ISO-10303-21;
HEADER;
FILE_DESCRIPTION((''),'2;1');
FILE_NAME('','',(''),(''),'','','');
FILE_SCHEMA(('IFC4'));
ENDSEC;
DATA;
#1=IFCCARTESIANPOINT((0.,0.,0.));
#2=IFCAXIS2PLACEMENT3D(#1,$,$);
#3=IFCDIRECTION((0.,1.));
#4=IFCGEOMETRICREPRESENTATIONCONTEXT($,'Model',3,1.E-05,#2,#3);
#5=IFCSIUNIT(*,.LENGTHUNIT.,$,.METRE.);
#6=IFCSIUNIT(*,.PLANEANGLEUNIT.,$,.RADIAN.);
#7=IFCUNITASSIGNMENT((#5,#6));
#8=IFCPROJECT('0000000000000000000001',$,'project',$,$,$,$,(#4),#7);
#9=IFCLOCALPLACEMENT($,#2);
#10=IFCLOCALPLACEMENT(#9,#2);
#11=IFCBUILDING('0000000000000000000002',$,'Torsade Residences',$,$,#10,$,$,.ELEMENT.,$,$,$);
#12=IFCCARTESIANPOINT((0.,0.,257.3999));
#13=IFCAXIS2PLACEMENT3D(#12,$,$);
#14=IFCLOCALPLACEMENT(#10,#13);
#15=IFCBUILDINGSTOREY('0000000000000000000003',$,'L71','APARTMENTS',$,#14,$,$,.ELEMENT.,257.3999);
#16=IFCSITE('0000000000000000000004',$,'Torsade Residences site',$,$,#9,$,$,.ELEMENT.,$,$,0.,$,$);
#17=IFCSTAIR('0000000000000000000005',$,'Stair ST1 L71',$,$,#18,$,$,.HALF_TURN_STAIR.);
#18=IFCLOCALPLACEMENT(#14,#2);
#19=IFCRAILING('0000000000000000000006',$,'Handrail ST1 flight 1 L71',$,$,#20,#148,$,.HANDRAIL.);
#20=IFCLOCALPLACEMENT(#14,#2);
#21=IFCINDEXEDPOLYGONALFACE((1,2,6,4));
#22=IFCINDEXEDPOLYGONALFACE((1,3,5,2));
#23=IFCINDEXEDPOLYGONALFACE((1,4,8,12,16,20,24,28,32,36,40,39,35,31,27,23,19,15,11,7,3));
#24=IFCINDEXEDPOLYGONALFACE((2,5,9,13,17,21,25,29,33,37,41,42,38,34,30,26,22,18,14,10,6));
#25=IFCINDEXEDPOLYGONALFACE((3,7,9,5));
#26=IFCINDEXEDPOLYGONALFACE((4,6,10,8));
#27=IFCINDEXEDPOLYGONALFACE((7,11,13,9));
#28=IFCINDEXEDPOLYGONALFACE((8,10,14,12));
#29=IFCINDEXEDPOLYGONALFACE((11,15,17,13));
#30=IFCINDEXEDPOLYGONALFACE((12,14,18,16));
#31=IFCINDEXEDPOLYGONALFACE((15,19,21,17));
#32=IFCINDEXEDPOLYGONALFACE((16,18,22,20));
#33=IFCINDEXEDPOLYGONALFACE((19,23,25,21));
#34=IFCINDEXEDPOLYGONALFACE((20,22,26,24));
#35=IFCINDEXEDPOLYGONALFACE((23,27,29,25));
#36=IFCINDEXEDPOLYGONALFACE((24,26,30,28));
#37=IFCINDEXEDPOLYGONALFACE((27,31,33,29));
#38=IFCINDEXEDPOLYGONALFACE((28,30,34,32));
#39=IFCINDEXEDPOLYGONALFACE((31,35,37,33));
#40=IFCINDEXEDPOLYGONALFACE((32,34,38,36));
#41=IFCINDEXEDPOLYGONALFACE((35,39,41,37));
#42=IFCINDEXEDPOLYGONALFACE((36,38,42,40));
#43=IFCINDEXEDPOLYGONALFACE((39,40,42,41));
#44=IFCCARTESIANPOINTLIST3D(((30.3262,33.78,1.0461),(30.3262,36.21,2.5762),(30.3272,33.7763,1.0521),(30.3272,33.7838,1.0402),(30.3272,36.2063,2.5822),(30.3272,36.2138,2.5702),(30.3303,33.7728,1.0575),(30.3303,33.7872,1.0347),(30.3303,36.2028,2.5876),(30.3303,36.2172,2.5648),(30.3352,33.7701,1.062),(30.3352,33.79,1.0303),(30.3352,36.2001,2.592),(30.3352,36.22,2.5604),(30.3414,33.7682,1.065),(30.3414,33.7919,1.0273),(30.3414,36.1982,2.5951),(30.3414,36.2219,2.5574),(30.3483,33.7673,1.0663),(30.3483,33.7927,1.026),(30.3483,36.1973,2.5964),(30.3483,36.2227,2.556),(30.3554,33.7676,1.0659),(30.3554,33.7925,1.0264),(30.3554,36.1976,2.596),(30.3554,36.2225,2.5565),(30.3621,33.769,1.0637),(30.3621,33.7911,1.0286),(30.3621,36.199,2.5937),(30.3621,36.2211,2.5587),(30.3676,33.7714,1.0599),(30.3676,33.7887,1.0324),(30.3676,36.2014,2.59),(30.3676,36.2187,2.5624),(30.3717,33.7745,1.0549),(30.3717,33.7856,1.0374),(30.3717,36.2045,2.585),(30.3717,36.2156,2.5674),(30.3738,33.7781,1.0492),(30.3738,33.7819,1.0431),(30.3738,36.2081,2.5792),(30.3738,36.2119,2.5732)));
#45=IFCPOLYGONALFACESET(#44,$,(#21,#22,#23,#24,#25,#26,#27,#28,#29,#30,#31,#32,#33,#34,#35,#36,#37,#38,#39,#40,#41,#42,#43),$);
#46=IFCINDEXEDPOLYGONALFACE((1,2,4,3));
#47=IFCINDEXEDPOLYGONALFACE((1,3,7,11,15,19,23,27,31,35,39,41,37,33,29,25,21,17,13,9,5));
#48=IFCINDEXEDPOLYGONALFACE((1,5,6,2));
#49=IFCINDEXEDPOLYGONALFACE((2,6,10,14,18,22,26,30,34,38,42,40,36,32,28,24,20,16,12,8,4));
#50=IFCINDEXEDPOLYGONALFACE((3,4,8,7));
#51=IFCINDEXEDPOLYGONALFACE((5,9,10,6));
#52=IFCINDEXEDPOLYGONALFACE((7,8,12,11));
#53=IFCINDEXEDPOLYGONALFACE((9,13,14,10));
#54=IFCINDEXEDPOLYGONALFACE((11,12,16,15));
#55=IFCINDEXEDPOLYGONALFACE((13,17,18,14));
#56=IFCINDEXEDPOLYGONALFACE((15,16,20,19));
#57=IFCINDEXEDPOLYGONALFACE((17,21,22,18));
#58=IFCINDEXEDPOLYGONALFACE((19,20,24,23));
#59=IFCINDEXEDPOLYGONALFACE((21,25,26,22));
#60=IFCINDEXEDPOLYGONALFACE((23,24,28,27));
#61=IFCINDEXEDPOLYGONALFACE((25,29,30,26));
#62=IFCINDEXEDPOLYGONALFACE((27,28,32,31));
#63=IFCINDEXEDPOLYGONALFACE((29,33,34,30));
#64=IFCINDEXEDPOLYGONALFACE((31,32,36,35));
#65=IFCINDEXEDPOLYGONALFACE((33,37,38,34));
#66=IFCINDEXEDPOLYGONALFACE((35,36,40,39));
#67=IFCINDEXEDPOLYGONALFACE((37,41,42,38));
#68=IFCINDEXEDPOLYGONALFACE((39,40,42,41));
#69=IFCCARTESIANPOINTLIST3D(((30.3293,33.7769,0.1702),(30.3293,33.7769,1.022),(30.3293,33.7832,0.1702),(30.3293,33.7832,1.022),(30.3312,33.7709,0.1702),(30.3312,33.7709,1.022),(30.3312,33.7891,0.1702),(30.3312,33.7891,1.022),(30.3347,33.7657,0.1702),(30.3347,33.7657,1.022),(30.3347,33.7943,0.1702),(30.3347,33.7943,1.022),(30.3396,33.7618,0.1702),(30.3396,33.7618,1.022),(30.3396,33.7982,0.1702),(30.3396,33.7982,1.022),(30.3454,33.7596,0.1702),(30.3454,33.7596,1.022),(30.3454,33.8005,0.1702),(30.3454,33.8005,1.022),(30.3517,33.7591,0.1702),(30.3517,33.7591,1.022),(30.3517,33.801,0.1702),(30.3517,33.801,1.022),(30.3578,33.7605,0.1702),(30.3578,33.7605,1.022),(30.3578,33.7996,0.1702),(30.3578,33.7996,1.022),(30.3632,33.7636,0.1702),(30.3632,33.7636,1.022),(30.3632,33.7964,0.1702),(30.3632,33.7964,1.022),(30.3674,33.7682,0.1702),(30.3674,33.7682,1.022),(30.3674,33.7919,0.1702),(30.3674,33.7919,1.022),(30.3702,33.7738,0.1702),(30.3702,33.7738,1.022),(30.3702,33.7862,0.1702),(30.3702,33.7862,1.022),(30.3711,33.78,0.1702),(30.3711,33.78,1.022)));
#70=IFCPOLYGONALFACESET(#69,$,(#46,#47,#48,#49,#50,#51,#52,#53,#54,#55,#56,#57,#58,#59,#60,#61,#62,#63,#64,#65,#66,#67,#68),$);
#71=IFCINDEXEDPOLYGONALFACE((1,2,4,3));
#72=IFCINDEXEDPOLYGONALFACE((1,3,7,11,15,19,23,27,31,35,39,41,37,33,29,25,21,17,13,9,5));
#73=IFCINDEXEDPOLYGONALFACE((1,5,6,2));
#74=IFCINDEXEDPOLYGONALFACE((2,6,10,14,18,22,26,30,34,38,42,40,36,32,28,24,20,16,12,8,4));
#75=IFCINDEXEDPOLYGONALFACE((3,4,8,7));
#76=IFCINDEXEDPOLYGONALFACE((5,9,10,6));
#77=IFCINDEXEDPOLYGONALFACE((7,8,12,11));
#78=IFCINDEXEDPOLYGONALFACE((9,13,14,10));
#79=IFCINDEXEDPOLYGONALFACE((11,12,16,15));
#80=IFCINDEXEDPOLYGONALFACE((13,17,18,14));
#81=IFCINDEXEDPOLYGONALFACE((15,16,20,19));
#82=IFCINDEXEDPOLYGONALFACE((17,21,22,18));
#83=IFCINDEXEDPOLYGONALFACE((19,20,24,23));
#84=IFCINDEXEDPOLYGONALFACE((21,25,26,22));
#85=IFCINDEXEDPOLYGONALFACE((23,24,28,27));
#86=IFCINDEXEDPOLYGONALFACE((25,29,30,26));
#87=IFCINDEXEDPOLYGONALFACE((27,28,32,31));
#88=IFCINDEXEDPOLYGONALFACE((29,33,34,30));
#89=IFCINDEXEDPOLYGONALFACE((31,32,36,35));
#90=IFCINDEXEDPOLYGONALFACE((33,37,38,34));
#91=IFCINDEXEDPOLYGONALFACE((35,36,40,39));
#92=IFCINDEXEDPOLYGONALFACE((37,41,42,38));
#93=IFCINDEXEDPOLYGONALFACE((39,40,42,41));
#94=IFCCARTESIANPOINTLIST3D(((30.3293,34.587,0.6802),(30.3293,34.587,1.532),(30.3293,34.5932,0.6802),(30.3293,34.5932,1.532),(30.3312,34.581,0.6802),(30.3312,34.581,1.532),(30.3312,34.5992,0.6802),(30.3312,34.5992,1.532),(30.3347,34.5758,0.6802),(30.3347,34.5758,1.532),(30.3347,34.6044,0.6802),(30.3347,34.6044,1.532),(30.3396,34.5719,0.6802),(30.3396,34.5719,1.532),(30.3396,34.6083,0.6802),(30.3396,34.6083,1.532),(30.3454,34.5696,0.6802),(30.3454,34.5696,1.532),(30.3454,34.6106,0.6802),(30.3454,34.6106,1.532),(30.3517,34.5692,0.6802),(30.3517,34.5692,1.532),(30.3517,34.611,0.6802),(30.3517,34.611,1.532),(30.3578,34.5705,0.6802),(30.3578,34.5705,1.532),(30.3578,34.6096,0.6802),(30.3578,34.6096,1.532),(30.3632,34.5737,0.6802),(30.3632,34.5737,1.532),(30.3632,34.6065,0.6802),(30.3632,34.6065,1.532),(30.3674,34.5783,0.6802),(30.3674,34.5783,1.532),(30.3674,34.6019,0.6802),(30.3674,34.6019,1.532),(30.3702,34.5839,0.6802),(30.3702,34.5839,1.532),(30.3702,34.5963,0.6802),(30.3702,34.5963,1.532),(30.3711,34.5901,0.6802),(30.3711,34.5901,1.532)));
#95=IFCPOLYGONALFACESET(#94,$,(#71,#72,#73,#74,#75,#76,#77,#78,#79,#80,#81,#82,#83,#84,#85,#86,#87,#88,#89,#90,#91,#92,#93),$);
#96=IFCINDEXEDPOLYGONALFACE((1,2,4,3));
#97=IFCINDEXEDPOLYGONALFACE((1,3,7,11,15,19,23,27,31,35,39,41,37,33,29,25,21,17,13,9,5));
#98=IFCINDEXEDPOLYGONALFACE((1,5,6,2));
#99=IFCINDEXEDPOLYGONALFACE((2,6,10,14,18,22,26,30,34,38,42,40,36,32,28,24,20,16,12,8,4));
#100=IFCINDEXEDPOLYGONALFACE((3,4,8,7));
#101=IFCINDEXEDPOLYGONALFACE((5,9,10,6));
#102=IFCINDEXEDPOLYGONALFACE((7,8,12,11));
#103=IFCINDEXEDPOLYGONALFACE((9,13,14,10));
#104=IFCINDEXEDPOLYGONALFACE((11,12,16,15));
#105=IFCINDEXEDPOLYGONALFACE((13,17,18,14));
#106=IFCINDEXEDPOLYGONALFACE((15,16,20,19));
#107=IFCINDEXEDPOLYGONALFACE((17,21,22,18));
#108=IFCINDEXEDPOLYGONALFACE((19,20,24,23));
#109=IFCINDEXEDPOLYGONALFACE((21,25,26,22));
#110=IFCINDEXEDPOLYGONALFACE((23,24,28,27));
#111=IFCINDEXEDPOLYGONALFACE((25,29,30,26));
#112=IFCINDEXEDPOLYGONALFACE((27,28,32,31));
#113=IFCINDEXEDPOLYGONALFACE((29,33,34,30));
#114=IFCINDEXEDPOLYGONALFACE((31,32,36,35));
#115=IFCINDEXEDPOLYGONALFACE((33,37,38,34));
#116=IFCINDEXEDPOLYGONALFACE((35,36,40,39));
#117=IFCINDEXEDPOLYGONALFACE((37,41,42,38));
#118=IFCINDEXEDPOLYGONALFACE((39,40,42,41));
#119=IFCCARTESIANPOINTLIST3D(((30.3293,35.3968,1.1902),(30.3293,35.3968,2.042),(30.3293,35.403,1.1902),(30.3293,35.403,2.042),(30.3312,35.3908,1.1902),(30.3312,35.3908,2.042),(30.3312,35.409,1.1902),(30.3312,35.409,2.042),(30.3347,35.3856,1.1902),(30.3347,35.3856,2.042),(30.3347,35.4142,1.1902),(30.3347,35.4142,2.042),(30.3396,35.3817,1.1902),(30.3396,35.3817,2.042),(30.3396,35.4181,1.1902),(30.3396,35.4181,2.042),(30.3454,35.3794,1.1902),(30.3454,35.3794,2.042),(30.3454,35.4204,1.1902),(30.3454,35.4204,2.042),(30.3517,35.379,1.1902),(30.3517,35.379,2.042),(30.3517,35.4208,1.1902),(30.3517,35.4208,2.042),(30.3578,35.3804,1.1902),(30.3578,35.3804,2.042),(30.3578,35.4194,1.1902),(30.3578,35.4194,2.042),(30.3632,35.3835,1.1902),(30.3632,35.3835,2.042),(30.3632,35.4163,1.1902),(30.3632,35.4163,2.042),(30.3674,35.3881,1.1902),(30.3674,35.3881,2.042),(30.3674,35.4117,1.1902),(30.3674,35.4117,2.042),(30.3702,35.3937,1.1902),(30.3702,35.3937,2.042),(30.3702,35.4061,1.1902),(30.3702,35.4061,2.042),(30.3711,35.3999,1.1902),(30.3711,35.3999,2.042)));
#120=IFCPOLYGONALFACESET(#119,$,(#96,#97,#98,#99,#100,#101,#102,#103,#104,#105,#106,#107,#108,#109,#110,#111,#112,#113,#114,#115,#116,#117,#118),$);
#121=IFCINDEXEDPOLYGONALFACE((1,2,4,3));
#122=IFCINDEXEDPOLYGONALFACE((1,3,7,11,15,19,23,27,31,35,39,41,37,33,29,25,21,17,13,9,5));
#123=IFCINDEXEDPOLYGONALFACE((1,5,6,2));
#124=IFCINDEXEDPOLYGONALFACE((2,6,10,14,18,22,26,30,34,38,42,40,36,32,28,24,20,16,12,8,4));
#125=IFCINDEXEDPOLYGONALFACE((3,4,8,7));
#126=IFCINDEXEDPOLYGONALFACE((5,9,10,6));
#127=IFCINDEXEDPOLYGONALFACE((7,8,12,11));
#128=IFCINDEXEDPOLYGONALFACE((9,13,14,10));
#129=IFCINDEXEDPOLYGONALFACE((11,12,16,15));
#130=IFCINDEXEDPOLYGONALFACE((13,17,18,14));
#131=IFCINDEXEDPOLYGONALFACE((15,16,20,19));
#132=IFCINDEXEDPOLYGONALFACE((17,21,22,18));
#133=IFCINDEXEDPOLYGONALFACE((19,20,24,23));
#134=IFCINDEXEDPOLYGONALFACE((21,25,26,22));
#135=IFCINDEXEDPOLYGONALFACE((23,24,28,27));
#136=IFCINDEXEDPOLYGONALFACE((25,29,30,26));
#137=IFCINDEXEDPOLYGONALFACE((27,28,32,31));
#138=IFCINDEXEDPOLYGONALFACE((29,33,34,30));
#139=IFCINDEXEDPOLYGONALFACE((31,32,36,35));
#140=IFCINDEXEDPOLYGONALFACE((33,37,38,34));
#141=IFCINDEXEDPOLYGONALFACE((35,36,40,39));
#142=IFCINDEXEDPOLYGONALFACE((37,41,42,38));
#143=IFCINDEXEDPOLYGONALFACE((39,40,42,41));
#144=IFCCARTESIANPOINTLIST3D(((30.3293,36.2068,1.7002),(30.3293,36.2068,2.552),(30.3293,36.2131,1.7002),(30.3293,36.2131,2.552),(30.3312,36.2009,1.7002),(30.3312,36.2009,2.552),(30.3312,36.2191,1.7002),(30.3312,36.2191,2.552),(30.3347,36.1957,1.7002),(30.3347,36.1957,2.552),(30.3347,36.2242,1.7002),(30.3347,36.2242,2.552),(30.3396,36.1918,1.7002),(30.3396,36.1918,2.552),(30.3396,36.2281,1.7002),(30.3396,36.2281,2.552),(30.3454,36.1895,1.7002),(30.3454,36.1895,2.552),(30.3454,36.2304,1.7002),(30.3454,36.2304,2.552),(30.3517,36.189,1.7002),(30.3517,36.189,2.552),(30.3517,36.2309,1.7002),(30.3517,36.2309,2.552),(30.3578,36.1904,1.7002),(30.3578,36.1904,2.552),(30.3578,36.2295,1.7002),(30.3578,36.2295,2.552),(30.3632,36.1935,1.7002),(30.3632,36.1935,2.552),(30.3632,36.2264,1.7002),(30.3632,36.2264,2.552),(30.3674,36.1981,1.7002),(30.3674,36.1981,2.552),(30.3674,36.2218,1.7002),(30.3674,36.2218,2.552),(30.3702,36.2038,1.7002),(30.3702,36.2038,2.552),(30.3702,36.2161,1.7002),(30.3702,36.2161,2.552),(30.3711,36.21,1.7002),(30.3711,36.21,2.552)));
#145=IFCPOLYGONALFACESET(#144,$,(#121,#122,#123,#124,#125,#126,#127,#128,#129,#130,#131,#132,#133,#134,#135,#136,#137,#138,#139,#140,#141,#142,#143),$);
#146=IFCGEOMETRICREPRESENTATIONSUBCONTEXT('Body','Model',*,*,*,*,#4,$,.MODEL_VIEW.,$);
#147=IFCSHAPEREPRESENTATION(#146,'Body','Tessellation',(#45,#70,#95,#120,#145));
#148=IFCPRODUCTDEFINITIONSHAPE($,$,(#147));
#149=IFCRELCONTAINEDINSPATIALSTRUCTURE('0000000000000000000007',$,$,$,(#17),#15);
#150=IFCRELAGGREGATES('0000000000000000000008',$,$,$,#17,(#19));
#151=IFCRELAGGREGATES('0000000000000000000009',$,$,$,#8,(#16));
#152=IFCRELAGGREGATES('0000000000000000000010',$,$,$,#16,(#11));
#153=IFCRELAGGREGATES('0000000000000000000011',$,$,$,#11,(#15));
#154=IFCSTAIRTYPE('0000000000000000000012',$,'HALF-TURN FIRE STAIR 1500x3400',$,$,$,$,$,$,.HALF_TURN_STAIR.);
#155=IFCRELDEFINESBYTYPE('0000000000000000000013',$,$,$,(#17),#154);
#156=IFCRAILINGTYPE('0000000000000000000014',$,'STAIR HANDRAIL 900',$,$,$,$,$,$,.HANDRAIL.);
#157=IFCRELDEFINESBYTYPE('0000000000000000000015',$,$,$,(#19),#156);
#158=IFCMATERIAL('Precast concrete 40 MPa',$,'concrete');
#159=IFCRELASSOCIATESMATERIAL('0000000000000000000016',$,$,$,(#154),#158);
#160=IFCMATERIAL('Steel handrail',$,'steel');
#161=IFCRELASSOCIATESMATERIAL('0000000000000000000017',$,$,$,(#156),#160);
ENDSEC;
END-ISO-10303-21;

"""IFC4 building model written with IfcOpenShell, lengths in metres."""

from ifc_helpers import new_model, si_unit, direction, frame, origin, origin_2d, place, context, subcontext, project, spatial, circle, extrude, material, type_object, element, aggregate, save


model = new_model("IFC4")

# Units and contexts
model_context = context("Model", 3, precision=1e-05, world=origin(), true_north=direction((0.0, 1.0)))
body_context = subcontext(model_context, "Body", "Model", "MODEL_VIEW")
ifc_project = project(units=[si_unit("LENGTHUNIT", "METRE"), si_unit("PLANEANGLEUNIT", "RADIAN")], contexts=[model_context])

# Site, building, storey
site_placement = place(None, origin())
site = spatial("IfcSite", under=ifc_project, at=site_placement, Name="Torsade Residences site", CompositionType="ELEMENT", RefElevation=0.0)
building_placement = place(site_placement, origin())
building = spatial("IfcBuilding", under=site, at=building_placement, Name="Torsade Residences", CompositionType="ELEMENT")
storey_placement = place(building_placement, frame((0.0, 0.0, 257.3999)))
storey = spatial("IfcBuildingStorey", under=building, at=storey_placement, Name="L71", Description="APARTMENTS", CompositionType="ELEMENT", Elevation=257.3999)

# Stair, railing
ifc_material_1 = material(Name="Precast concrete 40 MPa", Category="concrete")
stair_type = type_object("IfcStairType", Name="HALF-TURN FIRE STAIR 1500x3400", PredefinedType="HALF_TURN_STAIR", material=ifc_material_1)
stair_placement = place(storey_placement, origin())
stair = element("IfcStair", 1, at=stair_placement, inside=storey, type_object=stair_type, Name="Stair ST1 L71", PredefinedType="HALF_TURN_STAIR")
ifc_material_2 = material(Name="Steel handrail", Category="steel")
railing_type = type_object("IfcRailingType", Name="STAIR HANDRAIL 900", PredefinedType="HANDRAIL", material=ifc_material_2)
railing_1_placement = place(storey_placement, frame((30.3501, 33.78, 0.1702)))
railing_1 = element("IfcRailing", 2, at=railing_1_placement, type_object=railing_type, Name="Handrail ST1 flight 1 L71", PredefinedType="HANDRAIL", context=body_context, shape_type="SweptSolid", body=[
    extrude(circle(Radius=0.0239, at=origin_2d()), frame((0.0, 0.0, 0.876), z_axis=(0.0, 0.846221, 0.532831), x_axis=(-1.0, 0.0, 0.0)), (0.0, 0.0, 1.0), 2.8716),
    extrude(circle(Radius=0.021, at=origin_2d()), origin(), (0.0, 0.0, 1.0), 0.8518),
    extrude(circle(Radius=0.021, at=origin_2d()), frame((0.0, 0.8101, 0.51)), (0.0, 0.0, 1.0), 0.8518),
    extrude(circle(Radius=0.021, at=origin_2d()), frame((0.0, 1.6199, 1.02)), (0.0, 0.0, 1.0), 0.8518),
    extrude(circle(Radius=0.021, at=origin_2d()), frame((0.0, 2.4299, 1.53)), (0.0, 0.0, 1.0), 0.8518),
])
aggregate(stair, [railing_1])

save(model, "model.ifc")
